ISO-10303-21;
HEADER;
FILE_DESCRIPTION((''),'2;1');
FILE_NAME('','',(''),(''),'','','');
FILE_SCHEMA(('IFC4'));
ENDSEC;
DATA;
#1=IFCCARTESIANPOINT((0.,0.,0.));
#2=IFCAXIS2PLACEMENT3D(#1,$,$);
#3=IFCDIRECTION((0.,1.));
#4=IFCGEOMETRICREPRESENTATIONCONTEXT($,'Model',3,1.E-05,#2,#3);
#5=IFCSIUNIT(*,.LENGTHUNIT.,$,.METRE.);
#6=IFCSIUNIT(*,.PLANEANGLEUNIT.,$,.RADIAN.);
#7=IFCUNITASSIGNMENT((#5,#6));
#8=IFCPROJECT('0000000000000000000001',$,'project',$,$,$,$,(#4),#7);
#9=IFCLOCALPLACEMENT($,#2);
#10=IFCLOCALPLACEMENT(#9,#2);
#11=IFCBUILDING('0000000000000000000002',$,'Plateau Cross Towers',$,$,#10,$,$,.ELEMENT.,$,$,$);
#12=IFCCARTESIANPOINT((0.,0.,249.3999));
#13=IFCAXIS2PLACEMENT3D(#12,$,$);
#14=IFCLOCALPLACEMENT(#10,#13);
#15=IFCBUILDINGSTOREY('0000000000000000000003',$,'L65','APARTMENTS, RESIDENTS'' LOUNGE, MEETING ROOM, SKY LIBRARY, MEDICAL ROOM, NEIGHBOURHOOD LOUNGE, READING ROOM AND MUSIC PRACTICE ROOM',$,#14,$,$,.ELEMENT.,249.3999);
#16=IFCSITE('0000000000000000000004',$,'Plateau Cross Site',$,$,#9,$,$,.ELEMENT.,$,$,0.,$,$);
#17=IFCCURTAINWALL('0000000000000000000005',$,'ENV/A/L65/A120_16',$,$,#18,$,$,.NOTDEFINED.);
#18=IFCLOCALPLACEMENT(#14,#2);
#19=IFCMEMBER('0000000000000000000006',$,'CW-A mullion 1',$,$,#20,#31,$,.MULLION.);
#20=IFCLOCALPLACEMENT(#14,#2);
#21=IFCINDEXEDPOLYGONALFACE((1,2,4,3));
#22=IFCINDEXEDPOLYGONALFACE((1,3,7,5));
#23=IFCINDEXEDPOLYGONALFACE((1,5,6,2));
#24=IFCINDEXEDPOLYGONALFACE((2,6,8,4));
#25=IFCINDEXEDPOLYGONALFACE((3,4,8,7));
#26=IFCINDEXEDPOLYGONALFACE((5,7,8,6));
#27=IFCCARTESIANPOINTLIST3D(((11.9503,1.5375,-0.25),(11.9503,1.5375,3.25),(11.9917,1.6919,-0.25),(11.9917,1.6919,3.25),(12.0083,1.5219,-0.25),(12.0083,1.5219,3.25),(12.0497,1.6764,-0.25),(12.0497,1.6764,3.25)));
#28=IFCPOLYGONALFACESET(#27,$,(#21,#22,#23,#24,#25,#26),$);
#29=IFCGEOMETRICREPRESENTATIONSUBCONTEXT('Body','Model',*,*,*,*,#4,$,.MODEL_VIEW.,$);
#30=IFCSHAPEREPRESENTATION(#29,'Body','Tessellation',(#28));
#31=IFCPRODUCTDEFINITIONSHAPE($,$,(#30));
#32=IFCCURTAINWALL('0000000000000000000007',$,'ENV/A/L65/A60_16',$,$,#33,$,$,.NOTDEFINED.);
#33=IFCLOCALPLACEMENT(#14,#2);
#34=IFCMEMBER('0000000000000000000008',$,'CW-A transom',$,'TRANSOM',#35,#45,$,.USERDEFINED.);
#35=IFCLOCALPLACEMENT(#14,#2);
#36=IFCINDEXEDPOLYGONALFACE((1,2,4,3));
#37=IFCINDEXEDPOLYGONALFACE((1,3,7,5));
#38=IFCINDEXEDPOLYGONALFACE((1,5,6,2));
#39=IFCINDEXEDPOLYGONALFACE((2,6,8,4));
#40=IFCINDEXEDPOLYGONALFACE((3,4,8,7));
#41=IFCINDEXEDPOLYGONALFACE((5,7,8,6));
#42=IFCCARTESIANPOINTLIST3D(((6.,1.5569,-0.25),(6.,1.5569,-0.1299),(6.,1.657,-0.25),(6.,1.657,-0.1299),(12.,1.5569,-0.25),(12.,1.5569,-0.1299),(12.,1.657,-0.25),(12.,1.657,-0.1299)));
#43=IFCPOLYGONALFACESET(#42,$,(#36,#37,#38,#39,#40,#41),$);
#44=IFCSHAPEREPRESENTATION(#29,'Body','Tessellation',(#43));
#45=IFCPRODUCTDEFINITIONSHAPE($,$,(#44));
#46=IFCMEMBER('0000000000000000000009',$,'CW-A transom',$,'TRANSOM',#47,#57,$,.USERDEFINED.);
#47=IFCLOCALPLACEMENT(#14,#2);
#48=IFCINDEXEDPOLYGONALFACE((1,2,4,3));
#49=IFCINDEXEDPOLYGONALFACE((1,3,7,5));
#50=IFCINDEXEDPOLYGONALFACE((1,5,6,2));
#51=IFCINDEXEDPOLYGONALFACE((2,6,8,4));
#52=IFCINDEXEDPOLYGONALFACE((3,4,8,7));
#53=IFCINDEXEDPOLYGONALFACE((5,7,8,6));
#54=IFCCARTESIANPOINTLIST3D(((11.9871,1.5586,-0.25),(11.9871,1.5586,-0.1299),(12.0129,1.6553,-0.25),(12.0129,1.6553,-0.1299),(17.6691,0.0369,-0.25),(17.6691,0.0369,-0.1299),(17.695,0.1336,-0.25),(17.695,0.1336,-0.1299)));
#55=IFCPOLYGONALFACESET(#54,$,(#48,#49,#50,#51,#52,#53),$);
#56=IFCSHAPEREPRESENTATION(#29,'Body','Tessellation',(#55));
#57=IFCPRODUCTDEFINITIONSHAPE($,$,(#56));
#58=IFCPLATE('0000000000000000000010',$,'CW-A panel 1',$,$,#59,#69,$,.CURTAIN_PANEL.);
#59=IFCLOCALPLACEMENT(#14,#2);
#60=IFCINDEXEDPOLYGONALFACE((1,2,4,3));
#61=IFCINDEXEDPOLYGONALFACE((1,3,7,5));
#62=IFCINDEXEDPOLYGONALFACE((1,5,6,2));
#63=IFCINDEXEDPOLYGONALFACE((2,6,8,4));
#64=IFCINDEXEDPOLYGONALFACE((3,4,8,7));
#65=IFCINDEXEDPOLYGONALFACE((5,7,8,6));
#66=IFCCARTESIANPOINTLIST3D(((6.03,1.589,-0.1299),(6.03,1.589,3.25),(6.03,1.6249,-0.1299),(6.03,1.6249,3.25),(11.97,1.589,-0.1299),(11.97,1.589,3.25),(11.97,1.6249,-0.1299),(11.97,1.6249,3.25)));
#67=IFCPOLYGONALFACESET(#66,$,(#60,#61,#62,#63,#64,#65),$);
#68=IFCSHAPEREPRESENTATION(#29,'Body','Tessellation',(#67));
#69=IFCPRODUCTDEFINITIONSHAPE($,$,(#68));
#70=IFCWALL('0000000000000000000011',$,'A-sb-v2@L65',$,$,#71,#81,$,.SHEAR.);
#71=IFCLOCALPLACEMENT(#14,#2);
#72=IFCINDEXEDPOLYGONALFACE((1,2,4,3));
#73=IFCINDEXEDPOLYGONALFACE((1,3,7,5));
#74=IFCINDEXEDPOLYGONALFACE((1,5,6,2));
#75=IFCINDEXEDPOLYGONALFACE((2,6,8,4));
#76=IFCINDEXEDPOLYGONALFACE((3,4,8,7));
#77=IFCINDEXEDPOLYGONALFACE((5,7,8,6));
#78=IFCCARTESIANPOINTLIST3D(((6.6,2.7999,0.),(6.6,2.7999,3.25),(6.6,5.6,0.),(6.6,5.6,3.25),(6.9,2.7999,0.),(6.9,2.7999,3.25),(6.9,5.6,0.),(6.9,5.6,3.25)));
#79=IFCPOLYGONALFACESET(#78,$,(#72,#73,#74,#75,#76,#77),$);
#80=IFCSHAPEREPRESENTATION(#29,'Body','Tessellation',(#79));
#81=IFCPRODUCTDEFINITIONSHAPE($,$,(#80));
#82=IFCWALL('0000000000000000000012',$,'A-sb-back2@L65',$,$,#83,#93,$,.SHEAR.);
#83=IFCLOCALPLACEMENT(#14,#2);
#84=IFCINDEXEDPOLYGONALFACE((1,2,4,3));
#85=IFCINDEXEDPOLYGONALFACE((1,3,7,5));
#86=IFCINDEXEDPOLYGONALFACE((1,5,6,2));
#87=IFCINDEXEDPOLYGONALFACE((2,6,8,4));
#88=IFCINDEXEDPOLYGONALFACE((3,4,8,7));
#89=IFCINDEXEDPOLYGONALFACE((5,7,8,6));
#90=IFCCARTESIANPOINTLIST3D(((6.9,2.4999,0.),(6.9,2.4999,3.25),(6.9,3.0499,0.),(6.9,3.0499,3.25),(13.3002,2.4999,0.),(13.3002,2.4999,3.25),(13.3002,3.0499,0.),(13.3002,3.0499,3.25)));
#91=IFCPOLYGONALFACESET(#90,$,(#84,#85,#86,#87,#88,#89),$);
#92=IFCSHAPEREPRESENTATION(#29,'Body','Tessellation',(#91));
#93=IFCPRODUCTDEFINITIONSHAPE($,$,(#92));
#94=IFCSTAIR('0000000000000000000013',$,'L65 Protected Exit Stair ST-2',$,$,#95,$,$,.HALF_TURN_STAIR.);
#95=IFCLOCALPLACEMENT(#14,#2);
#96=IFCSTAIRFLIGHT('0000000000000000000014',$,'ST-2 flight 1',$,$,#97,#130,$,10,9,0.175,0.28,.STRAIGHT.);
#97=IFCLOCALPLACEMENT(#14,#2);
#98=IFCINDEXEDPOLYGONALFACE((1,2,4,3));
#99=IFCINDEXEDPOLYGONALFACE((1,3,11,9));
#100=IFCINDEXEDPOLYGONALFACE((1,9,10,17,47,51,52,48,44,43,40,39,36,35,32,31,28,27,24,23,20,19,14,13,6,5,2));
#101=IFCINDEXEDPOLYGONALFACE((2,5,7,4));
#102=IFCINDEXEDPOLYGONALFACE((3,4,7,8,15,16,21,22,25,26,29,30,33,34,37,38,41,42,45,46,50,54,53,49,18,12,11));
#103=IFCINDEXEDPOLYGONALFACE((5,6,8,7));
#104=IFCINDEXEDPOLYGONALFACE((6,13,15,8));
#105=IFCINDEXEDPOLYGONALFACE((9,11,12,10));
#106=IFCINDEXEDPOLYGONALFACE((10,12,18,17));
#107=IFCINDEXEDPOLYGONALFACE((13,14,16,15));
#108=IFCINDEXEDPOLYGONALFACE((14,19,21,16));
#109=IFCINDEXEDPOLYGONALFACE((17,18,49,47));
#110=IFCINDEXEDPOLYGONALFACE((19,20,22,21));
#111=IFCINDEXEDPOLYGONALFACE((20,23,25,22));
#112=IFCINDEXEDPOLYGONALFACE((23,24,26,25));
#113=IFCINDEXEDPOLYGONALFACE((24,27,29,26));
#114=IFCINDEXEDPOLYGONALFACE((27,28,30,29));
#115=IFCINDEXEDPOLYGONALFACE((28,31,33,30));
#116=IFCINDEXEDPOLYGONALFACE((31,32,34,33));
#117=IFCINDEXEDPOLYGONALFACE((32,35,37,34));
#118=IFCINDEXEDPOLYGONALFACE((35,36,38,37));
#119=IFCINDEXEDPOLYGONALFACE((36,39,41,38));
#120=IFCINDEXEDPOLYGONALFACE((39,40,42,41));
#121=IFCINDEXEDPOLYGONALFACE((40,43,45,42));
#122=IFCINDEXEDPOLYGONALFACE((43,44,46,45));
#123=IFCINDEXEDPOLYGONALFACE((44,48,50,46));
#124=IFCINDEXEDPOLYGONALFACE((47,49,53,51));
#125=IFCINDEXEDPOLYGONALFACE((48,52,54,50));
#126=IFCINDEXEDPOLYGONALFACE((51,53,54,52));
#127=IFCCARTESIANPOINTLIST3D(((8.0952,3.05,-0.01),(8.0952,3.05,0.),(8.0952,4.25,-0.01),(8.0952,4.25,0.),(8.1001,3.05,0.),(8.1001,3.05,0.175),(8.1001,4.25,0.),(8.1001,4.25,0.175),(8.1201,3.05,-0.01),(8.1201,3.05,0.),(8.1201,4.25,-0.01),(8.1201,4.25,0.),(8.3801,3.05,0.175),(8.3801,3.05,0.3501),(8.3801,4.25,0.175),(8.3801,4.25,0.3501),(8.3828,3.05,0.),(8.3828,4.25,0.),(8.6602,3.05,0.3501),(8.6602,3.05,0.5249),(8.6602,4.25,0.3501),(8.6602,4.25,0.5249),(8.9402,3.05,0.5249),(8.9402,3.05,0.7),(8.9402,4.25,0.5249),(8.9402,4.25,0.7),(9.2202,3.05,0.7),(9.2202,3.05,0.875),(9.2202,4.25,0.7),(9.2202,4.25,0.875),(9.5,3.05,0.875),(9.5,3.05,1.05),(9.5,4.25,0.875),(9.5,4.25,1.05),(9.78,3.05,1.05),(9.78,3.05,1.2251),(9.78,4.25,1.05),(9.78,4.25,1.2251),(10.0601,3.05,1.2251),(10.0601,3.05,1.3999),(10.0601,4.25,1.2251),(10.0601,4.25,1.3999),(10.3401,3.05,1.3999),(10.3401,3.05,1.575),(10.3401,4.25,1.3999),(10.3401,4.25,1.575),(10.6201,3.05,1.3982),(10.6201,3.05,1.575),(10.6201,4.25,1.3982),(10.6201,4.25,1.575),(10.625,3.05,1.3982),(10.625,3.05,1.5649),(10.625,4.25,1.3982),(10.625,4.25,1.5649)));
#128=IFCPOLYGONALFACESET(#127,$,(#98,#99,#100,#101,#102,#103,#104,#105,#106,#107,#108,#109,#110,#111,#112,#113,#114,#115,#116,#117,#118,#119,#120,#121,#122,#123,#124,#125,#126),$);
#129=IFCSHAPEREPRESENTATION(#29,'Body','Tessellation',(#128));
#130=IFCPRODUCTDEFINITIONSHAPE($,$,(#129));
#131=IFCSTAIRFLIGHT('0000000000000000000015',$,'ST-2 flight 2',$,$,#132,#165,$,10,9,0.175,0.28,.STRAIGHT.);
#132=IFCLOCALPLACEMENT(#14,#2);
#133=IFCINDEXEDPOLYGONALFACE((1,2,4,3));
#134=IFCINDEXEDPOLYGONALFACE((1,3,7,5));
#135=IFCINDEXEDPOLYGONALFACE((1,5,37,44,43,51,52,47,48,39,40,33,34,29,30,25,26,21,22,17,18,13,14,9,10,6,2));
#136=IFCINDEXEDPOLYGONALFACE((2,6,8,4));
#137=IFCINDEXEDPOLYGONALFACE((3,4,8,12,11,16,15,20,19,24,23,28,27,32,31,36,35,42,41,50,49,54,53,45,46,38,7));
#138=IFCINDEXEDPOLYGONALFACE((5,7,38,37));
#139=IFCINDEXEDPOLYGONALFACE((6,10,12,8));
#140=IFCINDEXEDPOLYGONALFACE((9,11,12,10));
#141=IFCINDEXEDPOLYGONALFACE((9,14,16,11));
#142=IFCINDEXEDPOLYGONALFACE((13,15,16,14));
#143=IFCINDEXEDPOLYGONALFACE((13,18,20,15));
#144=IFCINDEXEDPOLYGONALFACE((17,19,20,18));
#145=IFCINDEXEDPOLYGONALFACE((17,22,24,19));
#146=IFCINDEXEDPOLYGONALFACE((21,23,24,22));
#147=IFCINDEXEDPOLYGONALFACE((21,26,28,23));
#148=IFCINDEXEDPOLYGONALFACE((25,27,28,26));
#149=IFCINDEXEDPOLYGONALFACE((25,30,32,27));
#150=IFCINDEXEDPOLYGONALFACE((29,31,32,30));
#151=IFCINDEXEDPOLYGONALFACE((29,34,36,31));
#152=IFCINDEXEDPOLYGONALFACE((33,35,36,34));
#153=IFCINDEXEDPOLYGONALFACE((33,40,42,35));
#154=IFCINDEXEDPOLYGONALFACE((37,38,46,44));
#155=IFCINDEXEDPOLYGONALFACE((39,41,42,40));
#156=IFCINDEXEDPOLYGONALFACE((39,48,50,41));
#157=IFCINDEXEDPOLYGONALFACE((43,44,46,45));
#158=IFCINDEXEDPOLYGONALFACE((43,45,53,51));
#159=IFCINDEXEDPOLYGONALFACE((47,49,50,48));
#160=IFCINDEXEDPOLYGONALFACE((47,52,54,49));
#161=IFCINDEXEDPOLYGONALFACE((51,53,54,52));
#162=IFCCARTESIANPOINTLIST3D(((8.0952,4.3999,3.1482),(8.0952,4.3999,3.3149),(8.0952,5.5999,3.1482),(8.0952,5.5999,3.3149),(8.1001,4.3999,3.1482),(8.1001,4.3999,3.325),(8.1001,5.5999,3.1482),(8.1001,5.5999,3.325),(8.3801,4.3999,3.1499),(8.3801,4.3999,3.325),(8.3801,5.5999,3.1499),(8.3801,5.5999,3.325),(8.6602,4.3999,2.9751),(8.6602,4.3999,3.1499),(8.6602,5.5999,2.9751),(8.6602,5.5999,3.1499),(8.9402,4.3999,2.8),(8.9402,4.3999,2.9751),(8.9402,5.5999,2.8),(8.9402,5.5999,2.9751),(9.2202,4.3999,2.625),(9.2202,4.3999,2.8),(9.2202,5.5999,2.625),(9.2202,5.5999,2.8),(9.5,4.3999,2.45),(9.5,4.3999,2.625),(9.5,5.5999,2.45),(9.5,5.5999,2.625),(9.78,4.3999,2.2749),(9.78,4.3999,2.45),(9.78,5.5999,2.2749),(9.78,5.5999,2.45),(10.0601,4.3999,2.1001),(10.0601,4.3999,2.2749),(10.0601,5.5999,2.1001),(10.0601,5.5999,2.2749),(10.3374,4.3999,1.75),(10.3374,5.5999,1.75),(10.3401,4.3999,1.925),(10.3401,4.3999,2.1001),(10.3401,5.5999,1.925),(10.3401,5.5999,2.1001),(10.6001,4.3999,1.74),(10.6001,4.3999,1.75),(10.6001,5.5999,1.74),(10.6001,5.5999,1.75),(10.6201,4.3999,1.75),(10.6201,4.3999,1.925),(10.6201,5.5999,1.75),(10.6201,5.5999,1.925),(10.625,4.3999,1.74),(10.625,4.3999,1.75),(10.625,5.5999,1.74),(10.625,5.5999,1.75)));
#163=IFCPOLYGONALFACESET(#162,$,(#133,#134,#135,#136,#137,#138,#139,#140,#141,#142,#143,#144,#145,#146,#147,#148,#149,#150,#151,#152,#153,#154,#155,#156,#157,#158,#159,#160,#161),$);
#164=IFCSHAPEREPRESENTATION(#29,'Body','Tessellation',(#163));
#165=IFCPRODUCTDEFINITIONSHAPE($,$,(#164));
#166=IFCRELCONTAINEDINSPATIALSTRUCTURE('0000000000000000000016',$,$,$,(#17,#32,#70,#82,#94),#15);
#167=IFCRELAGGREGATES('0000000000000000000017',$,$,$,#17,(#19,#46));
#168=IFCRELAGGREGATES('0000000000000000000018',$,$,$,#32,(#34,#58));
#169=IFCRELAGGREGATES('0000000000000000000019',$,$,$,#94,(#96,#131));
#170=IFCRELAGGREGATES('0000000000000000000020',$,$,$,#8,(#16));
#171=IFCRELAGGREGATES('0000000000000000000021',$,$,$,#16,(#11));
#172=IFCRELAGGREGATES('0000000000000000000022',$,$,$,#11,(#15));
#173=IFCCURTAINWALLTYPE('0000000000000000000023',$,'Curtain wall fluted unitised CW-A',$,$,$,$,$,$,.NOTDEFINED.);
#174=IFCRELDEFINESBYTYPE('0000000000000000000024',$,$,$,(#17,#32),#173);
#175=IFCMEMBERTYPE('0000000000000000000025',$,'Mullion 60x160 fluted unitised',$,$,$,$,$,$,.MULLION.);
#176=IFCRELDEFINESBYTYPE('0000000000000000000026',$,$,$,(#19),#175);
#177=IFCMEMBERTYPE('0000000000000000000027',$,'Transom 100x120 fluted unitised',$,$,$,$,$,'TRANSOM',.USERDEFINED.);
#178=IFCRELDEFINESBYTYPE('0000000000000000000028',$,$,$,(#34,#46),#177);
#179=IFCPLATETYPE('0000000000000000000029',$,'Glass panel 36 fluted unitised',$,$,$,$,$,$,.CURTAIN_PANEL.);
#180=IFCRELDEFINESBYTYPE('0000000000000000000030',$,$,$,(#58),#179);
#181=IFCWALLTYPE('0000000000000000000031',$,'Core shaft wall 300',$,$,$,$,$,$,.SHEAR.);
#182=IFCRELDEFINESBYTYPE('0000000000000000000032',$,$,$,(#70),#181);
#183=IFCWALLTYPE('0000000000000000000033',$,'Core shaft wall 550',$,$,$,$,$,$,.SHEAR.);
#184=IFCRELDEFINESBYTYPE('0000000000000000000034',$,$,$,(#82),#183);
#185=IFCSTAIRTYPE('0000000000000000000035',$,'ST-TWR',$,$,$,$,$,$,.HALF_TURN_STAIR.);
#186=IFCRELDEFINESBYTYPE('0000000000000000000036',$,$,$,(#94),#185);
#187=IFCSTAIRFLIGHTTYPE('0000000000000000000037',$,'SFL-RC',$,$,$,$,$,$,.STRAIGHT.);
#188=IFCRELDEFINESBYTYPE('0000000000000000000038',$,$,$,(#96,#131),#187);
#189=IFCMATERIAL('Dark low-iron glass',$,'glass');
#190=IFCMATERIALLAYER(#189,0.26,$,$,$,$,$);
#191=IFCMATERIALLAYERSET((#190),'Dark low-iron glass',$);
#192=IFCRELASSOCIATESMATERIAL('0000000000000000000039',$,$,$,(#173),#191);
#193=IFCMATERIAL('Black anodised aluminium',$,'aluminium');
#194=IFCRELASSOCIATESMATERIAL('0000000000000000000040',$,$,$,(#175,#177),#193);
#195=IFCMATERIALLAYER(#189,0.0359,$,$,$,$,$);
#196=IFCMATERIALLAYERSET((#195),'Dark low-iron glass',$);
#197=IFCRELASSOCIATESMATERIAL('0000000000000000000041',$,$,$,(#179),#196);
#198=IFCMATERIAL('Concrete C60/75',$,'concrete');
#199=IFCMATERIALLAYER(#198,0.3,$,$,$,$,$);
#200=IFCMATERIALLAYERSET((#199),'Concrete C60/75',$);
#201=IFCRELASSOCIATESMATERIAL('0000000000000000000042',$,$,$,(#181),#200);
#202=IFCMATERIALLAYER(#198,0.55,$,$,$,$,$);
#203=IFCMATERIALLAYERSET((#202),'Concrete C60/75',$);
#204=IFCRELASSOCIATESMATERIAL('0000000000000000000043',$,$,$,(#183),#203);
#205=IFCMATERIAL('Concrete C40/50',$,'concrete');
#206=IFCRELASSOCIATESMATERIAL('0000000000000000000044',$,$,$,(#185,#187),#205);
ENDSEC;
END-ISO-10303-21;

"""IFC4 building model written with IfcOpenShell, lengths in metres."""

from ifc_helpers import new_model, si_unit, direction, frame, frame_2d, origin, origin_2d, place, context, subcontext, project, spatial, polyline, rectangle, outline, extrude, material, layer, layer_set, material_profile, profile_set, type_object, element, aggregate, save


model = new_model("IFC4")

# Units and contexts
model_context = context("Model", 3, precision=1e-05, world=origin(), true_north=direction((0.0, 1.0)))
body_context = subcontext(model_context, "Body", "Model", "MODEL_VIEW")
ifc_project = project(units=[si_unit("LENGTHUNIT", "METRE"), si_unit("PLANEANGLEUNIT", "RADIAN")], contexts=[model_context])

# Site, building, storey
site_placement = place(None, origin())
site = spatial("IfcSite", under=ifc_project, at=site_placement, Name="Plateau Cross Site", CompositionType="ELEMENT", RefElevation=0.0)
building_placement = place(site_placement, origin())
building = spatial("IfcBuilding", under=site, at=building_placement, Name="Plateau Cross Towers", CompositionType="ELEMENT")
storey_placement = place(building_placement, frame((0.0, 0.0, 249.3999)))
storey = spatial("IfcBuildingStorey", under=building, at=storey_placement, Name="L65", Description="APARTMENTS, RESIDENTS' LOUNGE, MEETING ROOM, SKY LIBRARY, MEDICAL ROOM, NEIGHBOURHOOD LOUNGE, READING ROOM AND MUSIC PRACTICE ROOM", CompositionType="ELEMENT", Elevation=249.3999)

# Curtain walls, members
ifc_material_1 = material(Name="Dark low-iron glass", Category="glass")
ifc_layer_1 = layer(ifc_material_1, 0.26)
ifc_layer_set_1 = layer_set([ifc_layer_1], Name="Dark low-iron glass")
curtain_wall_type = type_object("IfcCurtainWallType", Name="Curtain wall fluted unitised CW-A", PredefinedType="NOTDEFINED", material=ifc_layer_set_1)
curtain_wall_1_placement = place(storey_placement, origin())
curtain_wall_1 = element("IfcCurtainWall", 1, at=curtain_wall_1_placement, inside=storey, type_object=curtain_wall_type, Name="ENV/A/L65/A120_16", PredefinedType="NOTDEFINED")
ifc_material_2 = material(Name="Black anodised aluminium", Category="aluminium")
ifc_material_profile_1 = material_profile(ifc_material_2, rectangle(XDim=0.0601, YDim=0.1599, at=origin_2d()), Name="MULLION 60x160")
ifc_profile_set_1 = profile_set([ifc_material_profile_1], Name="Black anodised aluminium")
member_type_1 = type_object("IfcMemberType", Name="Mullion 60x160 fluted unitised", PredefinedType="MULLION", material=ifc_profile_set_1)
member_1_placement = place(storey_placement, frame((12.0, 1.6069, -0.25), z_axis=(0.0, 0.0, 1.0), x_axis=(0.965958, -0.258699, 0.0)))
member_1 = element("IfcMember", 2, at=member_1_placement, type_object=member_type_1, Name="CW-A mullion 1", PredefinedType="MULLION", context=body_context, shape_type="SweptSolid", body=[
    extrude(rectangle(XDim=0.0601, YDim=0.1599, at=origin_2d()), origin(), (0.0, 0.0, 1.0), 3.5),
])
curtain_wall_2_placement = place(storey_placement, origin())
curtain_wall_2 = element("IfcCurtainWall", 3, at=curtain_wall_2_placement, inside=storey, type_object=curtain_wall_type, Name="ENV/A/L65/A60_16", PredefinedType="NOTDEFINED")
ifc_material_profile_2 = material_profile(ifc_material_2, rectangle(XDim=0.1001, YDim=0.1201, at=origin_2d()), Name="TRANSOM 100x120")
ifc_profile_set_2 = profile_set([ifc_material_profile_2], Name="Black anodised aluminium")
member_type_2 = type_object("IfcMemberType", Name="Transom 100x120 fluted unitised", ElementType="TRANSOM", PredefinedType="USERDEFINED", material=ifc_profile_set_2)
member_2_placement = place(storey_placement, frame((6.0, 1.6069, -0.1899), z_axis=(1.0, 0.0, 0.0), x_axis=(0.0, 1.0, 0.0)))
member_2 = element("IfcMember", 4, at=member_2_placement, type_object=member_type_2, Name="CW-A transom", ObjectType="TRANSOM", PredefinedType="USERDEFINED", context=body_context, shape_type="SweptSolid", body=[
    extrude(rectangle(XDim=0.1001, YDim=0.1201, at=origin_2d()), origin(), (0.0, 0.0, 1.0), 6.0),
])

# Member
member_3_placement = place(storey_placement, frame((12.0, 1.6069, -0.1899), z_axis=(0.96596, -0.258693, 0.0), x_axis=(0.258693, 0.96596, 0.0)))
member_3 = element("IfcMember", 5, at=member_3_placement, type_object=member_type_2, Name="CW-A transom", ObjectType="TRANSOM", PredefinedType="USERDEFINED", context=body_context, shape_type="SweptSolid", body=[
    extrude(rectangle(XDim=0.1001, YDim=0.1201, at=origin_2d()), origin(), (0.0, 0.0, 1.0), 5.8823),
])
aggregate(curtain_wall_1, [member_1, member_3])

# Plate
ifc_layer_2 = layer(ifc_material_1, 0.0359)
ifc_layer_set_2 = layer_set([ifc_layer_2], Name="Dark low-iron glass")
plate_type = type_object("IfcPlateType", Name="Glass panel 36 fluted unitised", PredefinedType="CURTAIN_PANEL", material=ifc_layer_set_2)
plate_placement = place(storey_placement, frame((9.0, 1.6069, -0.1299), z_axis=(0.0, 0.0, 1.0), x_axis=(1.0, 0.0, 0.0)))
plate = element("IfcPlate", 6, at=plate_placement, type_object=plate_type, Name="CW-A panel 1", PredefinedType="CURTAIN_PANEL", context=body_context, shape_type="SweptSolid", body=[
    extrude(rectangle(XDim=5.9399, YDim=0.0359, at=origin_2d()), origin(), (0.0, 0.0, 1.0), 3.3799),
])
aggregate(curtain_wall_2, [member_2, plate])

# Walls
ifc_material_3 = material(Name="Concrete C60/75", Category="concrete")
ifc_layer_3 = layer(ifc_material_3, 0.3)
ifc_layer_set_3 = layer_set([ifc_layer_3], Name="Concrete C60/75")
wall_type_1 = type_object("IfcWallType", Name="Core shaft wall 300", PredefinedType="SHEAR", material=ifc_layer_set_3)
wall_1_placement = place(storey_placement, frame((6.75, 2.8, 0.0), z_axis=(0.0, 0.0, 1.0), x_axis=(0.0, 1.0, 0.0)))
element("IfcWall", 7, at=wall_1_placement, inside=storey, type_object=wall_type_1, Name="A-sb-v2@L65", PredefinedType="SHEAR", context=body_context, shape_type="SweptSolid", body=[
    extrude(rectangle(XDim=2.8, YDim=0.3, at=frame_2d((1.3999, 0.0))), origin(), (0.0, 0.0, 1.0), 3.25),
])
ifc_layer_4 = layer(ifc_material_3, 0.55)
ifc_layer_set_4 = layer_set([ifc_layer_4], Name="Concrete C60/75")
wall_type_2 = type_object("IfcWallType", Name="Core shaft wall 550", PredefinedType="SHEAR", material=ifc_layer_set_4)
wall_2_placement = place(storey_placement, frame((6.8999, 2.7749, 0.0), z_axis=(0.0, 0.0, 1.0), x_axis=(1.0, 0.0, 0.0)))
element("IfcWall", 8, at=wall_2_placement, inside=storey, type_object=wall_type_2, Name="A-sb-back2@L65", PredefinedType="SHEAR", context=body_context, shape_type="SweptSolid", body=[
    extrude(rectangle(XDim=6.4001, YDim=0.55, at=frame_2d((3.2002, 0.0))), origin(), (0.0, 0.0, 1.0), 3.25),
])

# Stair, stair flights
ifc_material_4 = material(Name="Concrete C40/50", Category="concrete")
stair_type = type_object("IfcStairType", Name="ST-TWR", PredefinedType="HALF_TURN_STAIR", material=ifc_material_4)
stair_placement = place(storey_placement, origin())
stair = element("IfcStair", 9, at=stair_placement, inside=storey, type_object=stair_type, Name="L65 Protected Exit Stair ST-2", PredefinedType="HALF_TURN_STAIR")
stair_flight_type = type_object("IfcStairFlightType", Name="SFL-RC", PredefinedType="STRAIGHT", material=ifc_material_4)
stair_flight_1_placement = place(storey_placement, frame((8.1001, 3.6499, 0.0), z_axis=(0.0, 0.0, 1.0), x_axis=(1.0, 0.0, 0.0)))
stair_flight_1 = element("IfcStairFlight", 10, at=stair_flight_1_placement, type_object=stair_flight_type, Name="ST-2 flight 1", NumberOfRisers=10, NumberOfTreads=9, PredefinedType="STRAIGHT", RiserHeight=0.175, TreadLength=0.28, context=body_context, shape_type="SweptSolid", body=[
    extrude(outline(polyline([(-0.0049, -0.01), (-0.0049, 0.0), (0.0, 0.0), (0.0, 0.175), (0.28, 0.175), (0.28, 0.3501), (0.5601, 0.3501), (0.5601, 0.5249), (0.8401, 0.5249), (0.8401, 0.7), (1.1201, 0.7), (1.1201, 0.875), (1.3999, 0.875), (1.3999, 1.05), (1.6799, 1.05), (1.6799, 1.2251), (1.96, 1.2251), (1.96, 1.3999), (2.24, 1.3999), (2.24, 1.575), (2.52, 1.575), (2.5249, 1.5649), (2.5249, 1.3982), (2.52, 1.3982), (0.2827, 0.0), (0.02, 0.0), (0.02, -0.01), (-0.0049, -0.01)])), frame((0.0, 0.6001, 0.0), z_axis=(0.0, -1.0, 0.0), x_axis=(1.0, 0.0, 0.0)), (0.0, 0.0, 1.0), 1.2),
])
stair_flight_2_placement = place(storey_placement, frame((10.6201, 5.0, 1.75), z_axis=(0.0, 0.0, 1.0), x_axis=(-1.0, 0.0, 0.0)))
stair_flight_2 = element("IfcStairFlight", 11, at=stair_flight_2_placement, type_object=stair_flight_type, Name="ST-2 flight 2", NumberOfRisers=10, NumberOfTreads=9, PredefinedType="STRAIGHT", RiserHeight=0.175, TreadLength=0.28, context=body_context, shape_type="SweptSolid", body=[
    extrude(outline(polyline([(-0.0049, -0.01), (-0.0049, 0.0), (0.0, 0.0), (0.0, 0.175), (0.28, 0.175), (0.28, 0.3501), (0.5601, 0.3501), (0.5601, 0.5249), (0.8401, 0.5249), (0.8401, 0.7), (1.1201, 0.7), (1.1201, 0.875), (1.3999, 0.875), (1.3999, 1.05), (1.6799, 1.05), (1.6799, 1.2251), (1.96, 1.2251), (1.96, 1.3999), (2.24, 1.3999), (2.24, 1.575), (2.52, 1.575), (2.5249, 1.5649), (2.5249, 1.3982), (2.52, 1.3982), (0.2827, 0.0), (0.02, 0.0), (0.02, -0.01), (-0.0049, -0.01)])), frame((0.0, 0.6001, 0.0), z_axis=(0.0, -1.0, 0.0), x_axis=(1.0, 0.0, 0.0)), (0.0, 0.0, 1.0), 1.2),
])
aggregate(stair, [stair_flight_1, stair_flight_2])

save(model, "model.ifc")
